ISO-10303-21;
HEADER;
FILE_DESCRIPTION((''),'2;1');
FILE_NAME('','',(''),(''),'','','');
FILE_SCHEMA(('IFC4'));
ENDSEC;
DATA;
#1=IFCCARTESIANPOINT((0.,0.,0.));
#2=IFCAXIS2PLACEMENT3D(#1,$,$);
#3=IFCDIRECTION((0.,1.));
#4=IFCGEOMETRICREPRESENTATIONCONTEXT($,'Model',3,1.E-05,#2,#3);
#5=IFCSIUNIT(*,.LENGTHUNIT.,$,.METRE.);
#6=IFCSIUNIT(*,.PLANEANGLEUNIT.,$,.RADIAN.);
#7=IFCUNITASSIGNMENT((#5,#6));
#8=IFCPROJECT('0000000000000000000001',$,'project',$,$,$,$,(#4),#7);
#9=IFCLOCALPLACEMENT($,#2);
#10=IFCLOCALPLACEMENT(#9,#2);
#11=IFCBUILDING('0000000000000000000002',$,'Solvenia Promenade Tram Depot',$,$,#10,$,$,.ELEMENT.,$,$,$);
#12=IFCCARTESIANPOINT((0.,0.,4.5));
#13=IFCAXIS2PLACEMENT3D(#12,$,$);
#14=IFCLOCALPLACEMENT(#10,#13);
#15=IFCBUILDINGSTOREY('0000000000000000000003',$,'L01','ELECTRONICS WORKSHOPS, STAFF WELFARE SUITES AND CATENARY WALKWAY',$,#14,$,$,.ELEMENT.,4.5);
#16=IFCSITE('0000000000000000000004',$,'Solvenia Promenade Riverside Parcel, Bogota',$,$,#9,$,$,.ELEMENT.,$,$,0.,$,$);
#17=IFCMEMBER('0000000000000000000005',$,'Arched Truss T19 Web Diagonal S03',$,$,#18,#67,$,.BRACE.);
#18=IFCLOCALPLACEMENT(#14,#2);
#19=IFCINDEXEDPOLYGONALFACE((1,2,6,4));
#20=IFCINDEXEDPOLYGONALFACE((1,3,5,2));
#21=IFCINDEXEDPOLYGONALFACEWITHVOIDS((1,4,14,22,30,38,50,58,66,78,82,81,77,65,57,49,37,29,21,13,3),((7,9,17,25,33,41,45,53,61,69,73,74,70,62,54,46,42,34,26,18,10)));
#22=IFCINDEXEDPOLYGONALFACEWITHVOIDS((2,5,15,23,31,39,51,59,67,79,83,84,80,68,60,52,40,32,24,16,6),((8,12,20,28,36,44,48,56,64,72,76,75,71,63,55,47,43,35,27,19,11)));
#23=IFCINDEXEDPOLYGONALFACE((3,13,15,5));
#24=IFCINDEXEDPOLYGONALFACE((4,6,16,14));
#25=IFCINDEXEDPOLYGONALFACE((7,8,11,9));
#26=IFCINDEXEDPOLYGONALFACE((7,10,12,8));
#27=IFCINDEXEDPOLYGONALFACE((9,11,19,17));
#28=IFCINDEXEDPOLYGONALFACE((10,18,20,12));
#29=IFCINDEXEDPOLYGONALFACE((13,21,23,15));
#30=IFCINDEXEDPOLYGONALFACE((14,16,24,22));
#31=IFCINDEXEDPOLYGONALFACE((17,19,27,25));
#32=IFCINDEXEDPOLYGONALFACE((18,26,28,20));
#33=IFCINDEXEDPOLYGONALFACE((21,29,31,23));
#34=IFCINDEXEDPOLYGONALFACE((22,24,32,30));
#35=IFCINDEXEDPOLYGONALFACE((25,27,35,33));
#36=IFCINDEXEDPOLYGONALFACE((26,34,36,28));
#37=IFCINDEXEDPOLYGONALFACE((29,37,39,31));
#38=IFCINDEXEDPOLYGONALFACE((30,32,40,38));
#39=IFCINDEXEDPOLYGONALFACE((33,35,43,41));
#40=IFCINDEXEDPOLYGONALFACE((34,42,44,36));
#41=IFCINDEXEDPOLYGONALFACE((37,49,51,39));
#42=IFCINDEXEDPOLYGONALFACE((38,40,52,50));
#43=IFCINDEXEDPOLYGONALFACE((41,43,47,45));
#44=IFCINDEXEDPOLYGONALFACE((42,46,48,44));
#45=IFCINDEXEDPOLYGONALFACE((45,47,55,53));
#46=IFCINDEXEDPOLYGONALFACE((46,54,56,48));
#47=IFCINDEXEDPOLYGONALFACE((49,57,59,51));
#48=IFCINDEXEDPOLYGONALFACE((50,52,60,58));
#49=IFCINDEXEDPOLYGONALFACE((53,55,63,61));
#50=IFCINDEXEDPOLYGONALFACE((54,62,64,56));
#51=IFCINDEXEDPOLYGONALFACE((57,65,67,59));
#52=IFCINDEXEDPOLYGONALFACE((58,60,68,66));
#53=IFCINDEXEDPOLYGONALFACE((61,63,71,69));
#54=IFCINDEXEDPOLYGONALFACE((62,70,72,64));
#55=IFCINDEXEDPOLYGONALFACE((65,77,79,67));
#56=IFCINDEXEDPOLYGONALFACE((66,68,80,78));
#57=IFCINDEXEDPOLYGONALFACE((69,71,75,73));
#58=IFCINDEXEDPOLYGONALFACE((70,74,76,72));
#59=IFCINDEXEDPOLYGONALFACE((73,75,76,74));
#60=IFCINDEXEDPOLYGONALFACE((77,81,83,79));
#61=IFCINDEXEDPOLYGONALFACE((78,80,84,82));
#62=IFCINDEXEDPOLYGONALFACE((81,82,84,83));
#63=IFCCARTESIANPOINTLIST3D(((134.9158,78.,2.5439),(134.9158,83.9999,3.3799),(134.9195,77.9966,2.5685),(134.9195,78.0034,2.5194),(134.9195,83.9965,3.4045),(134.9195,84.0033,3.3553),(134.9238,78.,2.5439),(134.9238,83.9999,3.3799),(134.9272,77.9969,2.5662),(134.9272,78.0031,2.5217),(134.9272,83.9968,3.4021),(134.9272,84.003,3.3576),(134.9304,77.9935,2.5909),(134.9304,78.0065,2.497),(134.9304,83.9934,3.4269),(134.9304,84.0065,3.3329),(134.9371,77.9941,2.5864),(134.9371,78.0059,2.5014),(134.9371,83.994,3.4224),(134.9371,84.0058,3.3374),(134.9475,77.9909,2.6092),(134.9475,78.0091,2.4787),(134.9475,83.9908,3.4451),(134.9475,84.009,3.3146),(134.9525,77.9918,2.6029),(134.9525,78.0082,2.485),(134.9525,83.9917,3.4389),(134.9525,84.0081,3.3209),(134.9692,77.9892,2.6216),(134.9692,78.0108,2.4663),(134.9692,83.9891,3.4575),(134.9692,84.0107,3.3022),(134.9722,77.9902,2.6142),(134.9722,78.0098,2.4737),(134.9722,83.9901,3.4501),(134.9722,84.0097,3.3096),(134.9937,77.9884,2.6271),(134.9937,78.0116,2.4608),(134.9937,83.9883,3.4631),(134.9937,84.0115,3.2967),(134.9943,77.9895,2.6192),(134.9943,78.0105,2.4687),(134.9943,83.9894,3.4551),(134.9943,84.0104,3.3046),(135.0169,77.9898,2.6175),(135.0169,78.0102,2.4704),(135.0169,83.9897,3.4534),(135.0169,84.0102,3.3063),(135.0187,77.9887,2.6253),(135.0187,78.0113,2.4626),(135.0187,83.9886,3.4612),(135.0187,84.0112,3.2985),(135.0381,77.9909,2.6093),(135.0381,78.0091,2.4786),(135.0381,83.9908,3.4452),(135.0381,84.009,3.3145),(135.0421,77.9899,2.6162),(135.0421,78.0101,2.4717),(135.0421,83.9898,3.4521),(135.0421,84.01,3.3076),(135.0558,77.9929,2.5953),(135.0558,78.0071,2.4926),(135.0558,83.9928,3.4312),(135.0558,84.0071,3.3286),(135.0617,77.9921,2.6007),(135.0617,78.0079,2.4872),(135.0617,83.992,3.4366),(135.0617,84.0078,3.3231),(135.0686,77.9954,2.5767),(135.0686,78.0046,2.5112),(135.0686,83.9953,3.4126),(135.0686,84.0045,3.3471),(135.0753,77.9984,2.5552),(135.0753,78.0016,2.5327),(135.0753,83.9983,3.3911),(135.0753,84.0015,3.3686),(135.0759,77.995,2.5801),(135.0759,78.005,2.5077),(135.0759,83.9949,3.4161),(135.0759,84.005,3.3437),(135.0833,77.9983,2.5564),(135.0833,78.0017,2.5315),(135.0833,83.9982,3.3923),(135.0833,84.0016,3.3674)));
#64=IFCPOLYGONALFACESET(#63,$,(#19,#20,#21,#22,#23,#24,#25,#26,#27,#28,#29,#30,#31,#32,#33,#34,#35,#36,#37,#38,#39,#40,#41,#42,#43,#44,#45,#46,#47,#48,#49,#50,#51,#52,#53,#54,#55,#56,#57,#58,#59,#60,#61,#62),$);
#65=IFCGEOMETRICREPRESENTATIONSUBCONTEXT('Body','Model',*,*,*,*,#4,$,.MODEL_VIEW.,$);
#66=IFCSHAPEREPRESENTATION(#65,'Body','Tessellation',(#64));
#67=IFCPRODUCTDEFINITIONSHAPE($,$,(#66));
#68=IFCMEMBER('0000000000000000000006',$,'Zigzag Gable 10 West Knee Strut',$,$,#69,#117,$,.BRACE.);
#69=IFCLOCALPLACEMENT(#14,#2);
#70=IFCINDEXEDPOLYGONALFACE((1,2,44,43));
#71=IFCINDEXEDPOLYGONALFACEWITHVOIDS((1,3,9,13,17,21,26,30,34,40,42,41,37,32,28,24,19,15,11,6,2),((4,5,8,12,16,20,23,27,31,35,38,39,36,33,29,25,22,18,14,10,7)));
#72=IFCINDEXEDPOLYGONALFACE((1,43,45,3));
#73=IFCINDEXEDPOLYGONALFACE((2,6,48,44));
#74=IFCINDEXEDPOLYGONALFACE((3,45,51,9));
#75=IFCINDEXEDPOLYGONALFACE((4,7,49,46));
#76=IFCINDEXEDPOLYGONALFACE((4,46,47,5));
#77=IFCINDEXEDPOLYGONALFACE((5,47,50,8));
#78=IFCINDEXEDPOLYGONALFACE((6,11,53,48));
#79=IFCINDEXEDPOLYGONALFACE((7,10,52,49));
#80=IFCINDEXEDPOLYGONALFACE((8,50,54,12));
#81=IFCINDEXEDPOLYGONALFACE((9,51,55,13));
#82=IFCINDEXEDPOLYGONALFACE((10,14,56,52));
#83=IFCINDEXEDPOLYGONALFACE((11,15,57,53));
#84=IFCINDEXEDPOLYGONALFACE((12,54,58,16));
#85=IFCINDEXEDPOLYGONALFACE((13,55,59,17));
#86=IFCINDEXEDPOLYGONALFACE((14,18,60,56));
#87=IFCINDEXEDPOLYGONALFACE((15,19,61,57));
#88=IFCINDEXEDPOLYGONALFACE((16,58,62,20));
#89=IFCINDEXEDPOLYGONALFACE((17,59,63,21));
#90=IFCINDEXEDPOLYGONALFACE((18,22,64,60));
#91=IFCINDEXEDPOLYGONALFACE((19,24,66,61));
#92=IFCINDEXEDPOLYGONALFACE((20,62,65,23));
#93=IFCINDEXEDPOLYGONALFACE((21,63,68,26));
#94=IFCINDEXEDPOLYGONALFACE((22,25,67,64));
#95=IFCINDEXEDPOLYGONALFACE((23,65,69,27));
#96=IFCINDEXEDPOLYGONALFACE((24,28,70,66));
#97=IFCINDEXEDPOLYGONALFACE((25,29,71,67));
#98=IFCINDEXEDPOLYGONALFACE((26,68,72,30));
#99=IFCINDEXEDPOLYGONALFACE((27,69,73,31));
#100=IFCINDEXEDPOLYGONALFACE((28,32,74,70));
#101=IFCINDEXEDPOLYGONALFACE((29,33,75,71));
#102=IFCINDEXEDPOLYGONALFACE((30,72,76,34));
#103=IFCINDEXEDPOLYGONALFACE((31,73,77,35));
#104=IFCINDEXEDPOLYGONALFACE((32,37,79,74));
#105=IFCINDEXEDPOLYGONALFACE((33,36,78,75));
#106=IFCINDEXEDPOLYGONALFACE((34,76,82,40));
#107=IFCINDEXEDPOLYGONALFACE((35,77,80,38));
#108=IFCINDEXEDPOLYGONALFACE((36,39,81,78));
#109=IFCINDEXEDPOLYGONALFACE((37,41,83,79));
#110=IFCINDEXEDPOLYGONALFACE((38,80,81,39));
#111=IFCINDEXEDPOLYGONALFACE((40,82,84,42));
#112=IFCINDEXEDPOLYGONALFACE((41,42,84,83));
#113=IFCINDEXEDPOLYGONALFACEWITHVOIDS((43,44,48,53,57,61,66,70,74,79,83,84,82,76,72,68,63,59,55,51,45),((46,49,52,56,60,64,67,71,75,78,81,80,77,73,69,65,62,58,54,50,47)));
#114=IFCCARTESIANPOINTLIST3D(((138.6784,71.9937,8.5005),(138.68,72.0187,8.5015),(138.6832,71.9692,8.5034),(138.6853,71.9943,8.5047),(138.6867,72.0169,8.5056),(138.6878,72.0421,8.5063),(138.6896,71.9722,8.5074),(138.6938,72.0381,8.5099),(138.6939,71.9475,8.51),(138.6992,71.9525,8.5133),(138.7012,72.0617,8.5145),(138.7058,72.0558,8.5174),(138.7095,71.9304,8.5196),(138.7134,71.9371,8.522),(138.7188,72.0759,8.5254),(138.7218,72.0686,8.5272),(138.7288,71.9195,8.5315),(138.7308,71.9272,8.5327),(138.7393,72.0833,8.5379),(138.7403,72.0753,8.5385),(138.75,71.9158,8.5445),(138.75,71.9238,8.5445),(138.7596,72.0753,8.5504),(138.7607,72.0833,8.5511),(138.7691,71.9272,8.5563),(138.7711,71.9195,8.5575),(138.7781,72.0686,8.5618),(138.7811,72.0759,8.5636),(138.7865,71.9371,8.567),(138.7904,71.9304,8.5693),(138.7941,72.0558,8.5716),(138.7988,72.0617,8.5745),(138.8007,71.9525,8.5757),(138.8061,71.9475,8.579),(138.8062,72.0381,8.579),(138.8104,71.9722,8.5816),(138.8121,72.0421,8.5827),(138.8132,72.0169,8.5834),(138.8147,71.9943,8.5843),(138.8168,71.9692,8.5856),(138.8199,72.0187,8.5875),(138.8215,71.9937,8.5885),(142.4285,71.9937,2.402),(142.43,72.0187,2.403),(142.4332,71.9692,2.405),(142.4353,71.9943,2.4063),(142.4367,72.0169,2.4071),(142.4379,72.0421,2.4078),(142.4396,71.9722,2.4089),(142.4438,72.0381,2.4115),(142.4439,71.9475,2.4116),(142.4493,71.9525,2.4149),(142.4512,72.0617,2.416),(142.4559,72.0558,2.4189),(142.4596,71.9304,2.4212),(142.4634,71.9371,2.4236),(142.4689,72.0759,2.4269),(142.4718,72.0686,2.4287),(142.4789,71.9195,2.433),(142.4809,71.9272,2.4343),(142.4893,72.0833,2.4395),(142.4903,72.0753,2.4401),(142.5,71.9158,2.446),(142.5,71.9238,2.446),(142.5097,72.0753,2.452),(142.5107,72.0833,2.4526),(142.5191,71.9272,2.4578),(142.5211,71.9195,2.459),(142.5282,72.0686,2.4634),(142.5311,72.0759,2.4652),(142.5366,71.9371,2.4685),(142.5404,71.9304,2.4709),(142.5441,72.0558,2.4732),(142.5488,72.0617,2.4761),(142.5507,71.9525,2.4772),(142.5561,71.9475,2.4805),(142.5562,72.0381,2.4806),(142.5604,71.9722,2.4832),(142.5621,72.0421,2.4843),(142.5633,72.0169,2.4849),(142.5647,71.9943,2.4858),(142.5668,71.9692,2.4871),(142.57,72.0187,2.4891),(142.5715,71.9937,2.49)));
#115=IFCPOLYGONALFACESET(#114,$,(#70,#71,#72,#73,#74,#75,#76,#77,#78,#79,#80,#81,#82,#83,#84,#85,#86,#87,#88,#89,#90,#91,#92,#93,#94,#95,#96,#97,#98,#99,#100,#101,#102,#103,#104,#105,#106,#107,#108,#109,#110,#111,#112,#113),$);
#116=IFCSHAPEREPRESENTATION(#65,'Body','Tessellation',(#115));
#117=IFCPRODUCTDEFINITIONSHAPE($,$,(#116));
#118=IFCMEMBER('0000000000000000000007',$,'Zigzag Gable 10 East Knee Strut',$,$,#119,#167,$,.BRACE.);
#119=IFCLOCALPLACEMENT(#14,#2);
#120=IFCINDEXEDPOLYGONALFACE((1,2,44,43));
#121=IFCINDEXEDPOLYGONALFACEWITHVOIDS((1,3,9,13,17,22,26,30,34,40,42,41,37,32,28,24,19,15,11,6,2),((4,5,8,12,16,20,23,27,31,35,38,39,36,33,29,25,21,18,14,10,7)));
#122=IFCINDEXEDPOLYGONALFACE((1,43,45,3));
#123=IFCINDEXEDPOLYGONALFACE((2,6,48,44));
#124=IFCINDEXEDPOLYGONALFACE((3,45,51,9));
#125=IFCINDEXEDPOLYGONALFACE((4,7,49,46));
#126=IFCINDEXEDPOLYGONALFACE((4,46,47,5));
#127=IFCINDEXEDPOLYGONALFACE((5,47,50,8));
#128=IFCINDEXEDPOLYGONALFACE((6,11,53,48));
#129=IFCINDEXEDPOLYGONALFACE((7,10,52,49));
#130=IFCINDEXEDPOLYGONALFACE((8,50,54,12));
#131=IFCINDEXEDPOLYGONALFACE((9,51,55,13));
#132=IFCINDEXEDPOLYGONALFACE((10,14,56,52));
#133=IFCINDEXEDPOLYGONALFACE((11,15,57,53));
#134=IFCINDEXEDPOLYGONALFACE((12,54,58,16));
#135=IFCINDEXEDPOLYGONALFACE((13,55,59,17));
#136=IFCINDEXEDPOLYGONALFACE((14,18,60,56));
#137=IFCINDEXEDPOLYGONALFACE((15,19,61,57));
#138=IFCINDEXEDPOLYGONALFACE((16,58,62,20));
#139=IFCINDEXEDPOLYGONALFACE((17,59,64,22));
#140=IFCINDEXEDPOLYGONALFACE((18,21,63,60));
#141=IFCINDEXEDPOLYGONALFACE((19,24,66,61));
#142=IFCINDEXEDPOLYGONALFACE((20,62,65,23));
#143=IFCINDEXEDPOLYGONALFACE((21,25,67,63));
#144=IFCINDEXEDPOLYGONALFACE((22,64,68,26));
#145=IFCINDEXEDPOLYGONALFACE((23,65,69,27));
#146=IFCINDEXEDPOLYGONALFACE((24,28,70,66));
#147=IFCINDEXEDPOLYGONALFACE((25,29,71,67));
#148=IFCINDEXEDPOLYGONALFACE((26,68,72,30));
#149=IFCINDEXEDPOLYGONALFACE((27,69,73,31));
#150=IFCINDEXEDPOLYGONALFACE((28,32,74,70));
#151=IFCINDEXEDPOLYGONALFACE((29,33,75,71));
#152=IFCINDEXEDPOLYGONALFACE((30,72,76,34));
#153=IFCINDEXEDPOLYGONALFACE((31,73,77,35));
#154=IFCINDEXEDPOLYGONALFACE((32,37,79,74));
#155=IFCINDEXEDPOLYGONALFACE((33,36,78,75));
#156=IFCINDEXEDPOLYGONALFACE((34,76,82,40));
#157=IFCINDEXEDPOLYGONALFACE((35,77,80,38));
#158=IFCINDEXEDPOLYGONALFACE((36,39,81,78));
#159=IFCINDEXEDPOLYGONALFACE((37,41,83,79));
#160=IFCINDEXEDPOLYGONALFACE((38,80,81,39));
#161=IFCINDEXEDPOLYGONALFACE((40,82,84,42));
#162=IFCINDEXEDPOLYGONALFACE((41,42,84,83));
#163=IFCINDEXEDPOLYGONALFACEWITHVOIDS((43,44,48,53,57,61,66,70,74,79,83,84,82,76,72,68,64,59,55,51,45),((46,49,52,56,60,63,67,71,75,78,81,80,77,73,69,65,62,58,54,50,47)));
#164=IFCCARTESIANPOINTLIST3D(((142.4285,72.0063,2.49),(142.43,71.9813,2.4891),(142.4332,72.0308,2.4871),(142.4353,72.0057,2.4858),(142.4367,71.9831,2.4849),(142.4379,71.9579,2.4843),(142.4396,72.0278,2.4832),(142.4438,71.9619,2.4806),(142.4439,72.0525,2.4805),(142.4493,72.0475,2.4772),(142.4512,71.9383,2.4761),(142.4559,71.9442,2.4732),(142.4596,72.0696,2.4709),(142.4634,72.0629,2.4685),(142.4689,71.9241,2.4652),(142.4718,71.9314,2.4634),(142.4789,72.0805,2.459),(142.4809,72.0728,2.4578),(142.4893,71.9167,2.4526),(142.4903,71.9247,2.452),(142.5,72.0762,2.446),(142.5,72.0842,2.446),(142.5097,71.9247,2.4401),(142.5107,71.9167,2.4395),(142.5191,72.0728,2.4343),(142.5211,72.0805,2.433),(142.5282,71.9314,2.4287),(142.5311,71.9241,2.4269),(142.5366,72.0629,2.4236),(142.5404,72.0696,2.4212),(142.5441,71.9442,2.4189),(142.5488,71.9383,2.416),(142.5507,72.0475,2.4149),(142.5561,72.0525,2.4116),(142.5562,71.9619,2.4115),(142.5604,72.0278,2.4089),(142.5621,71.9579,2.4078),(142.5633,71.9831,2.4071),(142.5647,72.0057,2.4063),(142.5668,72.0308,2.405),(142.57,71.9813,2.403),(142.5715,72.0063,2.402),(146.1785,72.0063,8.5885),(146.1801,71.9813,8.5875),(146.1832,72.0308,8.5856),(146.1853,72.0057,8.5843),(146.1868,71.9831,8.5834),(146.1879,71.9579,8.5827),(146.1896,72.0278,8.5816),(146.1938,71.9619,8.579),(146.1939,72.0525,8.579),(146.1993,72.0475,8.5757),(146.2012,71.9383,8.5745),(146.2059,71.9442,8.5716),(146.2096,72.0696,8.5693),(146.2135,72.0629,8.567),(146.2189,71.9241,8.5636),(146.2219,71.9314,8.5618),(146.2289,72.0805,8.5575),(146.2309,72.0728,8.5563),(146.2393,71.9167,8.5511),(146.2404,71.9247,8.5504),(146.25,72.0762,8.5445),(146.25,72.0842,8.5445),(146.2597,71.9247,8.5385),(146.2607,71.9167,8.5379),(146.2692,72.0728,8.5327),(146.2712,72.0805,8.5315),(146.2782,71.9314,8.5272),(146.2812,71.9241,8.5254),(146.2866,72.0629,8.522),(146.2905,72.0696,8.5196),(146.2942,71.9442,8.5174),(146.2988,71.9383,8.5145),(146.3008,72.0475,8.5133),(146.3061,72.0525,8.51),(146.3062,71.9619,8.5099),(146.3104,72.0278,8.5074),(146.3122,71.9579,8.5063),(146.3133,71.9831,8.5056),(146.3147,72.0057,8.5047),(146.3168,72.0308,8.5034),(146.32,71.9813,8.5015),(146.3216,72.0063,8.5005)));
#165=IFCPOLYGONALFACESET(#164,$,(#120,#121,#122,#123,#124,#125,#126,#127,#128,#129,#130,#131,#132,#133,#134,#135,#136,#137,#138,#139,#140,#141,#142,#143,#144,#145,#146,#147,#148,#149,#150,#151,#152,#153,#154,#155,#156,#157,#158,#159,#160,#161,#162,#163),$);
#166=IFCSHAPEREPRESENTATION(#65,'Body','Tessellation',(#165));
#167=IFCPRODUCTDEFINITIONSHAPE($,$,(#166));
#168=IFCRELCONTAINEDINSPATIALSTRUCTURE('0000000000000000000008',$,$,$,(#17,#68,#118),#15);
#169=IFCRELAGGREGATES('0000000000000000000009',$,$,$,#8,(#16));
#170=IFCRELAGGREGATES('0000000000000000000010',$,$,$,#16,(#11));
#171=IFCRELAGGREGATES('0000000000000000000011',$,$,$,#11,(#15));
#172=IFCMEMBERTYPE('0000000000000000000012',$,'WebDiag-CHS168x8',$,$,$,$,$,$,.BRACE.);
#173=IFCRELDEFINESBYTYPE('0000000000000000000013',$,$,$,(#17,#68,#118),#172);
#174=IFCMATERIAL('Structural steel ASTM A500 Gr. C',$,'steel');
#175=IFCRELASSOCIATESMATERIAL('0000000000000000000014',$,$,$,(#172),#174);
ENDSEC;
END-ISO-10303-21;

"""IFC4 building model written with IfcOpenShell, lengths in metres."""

from ifc_helpers import new_model, si_unit, direction, frame, origin, origin_2d, place, context, subcontext, project, spatial, hollow_circle, extrude, material, material_profile, profile_set, type_object, element, save


model = new_model("IFC4")

# Units and contexts
model_context = context("Model", 3, precision=1e-05, world=origin(), true_north=direction((0.0, 1.0)))
body_context = subcontext(model_context, "Body", "Model", "MODEL_VIEW")
ifc_project = project(units=[si_unit("LENGTHUNIT", "METRE"), si_unit("PLANEANGLEUNIT", "RADIAN")], contexts=[model_context])

# Site, building, storey
site_placement = place(None, origin())
site = spatial("IfcSite", under=ifc_project, at=site_placement, Name="Solvenia Promenade Riverside Parcel, Bogota", CompositionType="ELEMENT", RefElevation=0.0)
building_placement = place(site_placement, origin())
building = spatial("IfcBuilding", under=site, at=building_placement, Name="Solvenia Promenade Tram Depot", CompositionType="ELEMENT")
storey_placement = place(building_placement, frame((0.0, 0.0, 4.5)))
storey = spatial("IfcBuildingStorey", under=building, at=storey_placement, Name="L01", Description="ELECTRONICS WORKSHOPS, STAFF WELFARE SUITES AND CATENARY WALKWAY", CompositionType="ELEMENT", Elevation=4.5)

# Shared definitions
ifc_material_1 = material(Name="Structural steel ASTM A500 Gr. C", Category="steel")

# Members
ifc_material_profile_1 = material_profile(ifc_material_1, hollow_circle(Radius=0.0842, WallThickness=0.0081, at=origin_2d()), Name="CHS168.3x8", Category="steel")
ifc_profile_set_1 = profile_set([ifc_material_profile_1], Name="Structural steel ASTM A500 Gr. C")
member_type_1 = type_object("IfcMemberType", Name="WebDiag-CHS168x8", PredefinedType="BRACE", material=ifc_profile_set_1)
member_1_placement = place(storey_placement, frame((135.0, 78.0, 2.5439), z_axis=(0.0, 0.990434, 0.13799), x_axis=(-1.0, 0.0, 0.0)))
element("IfcMember", 1, at=member_1_placement, inside=storey, type_object=member_type_1, Name="Arched Truss T19 Web Diagonal S03", PredefinedType="BRACE", context=body_context, shape_type="SweptSolid", body=[
    extrude(hollow_circle(Radius=0.0842, WallThickness=0.0081, at=origin_2d()), origin(), (0.0, 0.0, 1.0), 6.0579),
])
for number, where, z_axis, x_axis, name in (
    (2, (142.5, 72.0, 2.446), (-0.523808, 0.0, 0.851836), (0.0, -1.0, 0.0), "Zigzag Gable 10 West Knee Strut"),
    (3, (142.5, 72.0, 2.446), (0.523808, 0.0, 0.851836), (0.0, 1.0, 0.0), "Zigzag Gable 10 East Knee Strut"),
):
    element("IfcMember", number, at=place(storey_placement, frame(where, z_axis=z_axis, x_axis=x_axis)), inside=storey, type_object=member_type_1, Name=name, PredefinedType="BRACE", context=body_context, shape_type="SweptSolid", body=[
        extrude(hollow_circle(Radius=0.0842, WallThickness=0.0081, at=origin_2d()), origin(), (0.0, 0.0, 1.0), 7.1592),
    ])

save(model, "model.ifc")
